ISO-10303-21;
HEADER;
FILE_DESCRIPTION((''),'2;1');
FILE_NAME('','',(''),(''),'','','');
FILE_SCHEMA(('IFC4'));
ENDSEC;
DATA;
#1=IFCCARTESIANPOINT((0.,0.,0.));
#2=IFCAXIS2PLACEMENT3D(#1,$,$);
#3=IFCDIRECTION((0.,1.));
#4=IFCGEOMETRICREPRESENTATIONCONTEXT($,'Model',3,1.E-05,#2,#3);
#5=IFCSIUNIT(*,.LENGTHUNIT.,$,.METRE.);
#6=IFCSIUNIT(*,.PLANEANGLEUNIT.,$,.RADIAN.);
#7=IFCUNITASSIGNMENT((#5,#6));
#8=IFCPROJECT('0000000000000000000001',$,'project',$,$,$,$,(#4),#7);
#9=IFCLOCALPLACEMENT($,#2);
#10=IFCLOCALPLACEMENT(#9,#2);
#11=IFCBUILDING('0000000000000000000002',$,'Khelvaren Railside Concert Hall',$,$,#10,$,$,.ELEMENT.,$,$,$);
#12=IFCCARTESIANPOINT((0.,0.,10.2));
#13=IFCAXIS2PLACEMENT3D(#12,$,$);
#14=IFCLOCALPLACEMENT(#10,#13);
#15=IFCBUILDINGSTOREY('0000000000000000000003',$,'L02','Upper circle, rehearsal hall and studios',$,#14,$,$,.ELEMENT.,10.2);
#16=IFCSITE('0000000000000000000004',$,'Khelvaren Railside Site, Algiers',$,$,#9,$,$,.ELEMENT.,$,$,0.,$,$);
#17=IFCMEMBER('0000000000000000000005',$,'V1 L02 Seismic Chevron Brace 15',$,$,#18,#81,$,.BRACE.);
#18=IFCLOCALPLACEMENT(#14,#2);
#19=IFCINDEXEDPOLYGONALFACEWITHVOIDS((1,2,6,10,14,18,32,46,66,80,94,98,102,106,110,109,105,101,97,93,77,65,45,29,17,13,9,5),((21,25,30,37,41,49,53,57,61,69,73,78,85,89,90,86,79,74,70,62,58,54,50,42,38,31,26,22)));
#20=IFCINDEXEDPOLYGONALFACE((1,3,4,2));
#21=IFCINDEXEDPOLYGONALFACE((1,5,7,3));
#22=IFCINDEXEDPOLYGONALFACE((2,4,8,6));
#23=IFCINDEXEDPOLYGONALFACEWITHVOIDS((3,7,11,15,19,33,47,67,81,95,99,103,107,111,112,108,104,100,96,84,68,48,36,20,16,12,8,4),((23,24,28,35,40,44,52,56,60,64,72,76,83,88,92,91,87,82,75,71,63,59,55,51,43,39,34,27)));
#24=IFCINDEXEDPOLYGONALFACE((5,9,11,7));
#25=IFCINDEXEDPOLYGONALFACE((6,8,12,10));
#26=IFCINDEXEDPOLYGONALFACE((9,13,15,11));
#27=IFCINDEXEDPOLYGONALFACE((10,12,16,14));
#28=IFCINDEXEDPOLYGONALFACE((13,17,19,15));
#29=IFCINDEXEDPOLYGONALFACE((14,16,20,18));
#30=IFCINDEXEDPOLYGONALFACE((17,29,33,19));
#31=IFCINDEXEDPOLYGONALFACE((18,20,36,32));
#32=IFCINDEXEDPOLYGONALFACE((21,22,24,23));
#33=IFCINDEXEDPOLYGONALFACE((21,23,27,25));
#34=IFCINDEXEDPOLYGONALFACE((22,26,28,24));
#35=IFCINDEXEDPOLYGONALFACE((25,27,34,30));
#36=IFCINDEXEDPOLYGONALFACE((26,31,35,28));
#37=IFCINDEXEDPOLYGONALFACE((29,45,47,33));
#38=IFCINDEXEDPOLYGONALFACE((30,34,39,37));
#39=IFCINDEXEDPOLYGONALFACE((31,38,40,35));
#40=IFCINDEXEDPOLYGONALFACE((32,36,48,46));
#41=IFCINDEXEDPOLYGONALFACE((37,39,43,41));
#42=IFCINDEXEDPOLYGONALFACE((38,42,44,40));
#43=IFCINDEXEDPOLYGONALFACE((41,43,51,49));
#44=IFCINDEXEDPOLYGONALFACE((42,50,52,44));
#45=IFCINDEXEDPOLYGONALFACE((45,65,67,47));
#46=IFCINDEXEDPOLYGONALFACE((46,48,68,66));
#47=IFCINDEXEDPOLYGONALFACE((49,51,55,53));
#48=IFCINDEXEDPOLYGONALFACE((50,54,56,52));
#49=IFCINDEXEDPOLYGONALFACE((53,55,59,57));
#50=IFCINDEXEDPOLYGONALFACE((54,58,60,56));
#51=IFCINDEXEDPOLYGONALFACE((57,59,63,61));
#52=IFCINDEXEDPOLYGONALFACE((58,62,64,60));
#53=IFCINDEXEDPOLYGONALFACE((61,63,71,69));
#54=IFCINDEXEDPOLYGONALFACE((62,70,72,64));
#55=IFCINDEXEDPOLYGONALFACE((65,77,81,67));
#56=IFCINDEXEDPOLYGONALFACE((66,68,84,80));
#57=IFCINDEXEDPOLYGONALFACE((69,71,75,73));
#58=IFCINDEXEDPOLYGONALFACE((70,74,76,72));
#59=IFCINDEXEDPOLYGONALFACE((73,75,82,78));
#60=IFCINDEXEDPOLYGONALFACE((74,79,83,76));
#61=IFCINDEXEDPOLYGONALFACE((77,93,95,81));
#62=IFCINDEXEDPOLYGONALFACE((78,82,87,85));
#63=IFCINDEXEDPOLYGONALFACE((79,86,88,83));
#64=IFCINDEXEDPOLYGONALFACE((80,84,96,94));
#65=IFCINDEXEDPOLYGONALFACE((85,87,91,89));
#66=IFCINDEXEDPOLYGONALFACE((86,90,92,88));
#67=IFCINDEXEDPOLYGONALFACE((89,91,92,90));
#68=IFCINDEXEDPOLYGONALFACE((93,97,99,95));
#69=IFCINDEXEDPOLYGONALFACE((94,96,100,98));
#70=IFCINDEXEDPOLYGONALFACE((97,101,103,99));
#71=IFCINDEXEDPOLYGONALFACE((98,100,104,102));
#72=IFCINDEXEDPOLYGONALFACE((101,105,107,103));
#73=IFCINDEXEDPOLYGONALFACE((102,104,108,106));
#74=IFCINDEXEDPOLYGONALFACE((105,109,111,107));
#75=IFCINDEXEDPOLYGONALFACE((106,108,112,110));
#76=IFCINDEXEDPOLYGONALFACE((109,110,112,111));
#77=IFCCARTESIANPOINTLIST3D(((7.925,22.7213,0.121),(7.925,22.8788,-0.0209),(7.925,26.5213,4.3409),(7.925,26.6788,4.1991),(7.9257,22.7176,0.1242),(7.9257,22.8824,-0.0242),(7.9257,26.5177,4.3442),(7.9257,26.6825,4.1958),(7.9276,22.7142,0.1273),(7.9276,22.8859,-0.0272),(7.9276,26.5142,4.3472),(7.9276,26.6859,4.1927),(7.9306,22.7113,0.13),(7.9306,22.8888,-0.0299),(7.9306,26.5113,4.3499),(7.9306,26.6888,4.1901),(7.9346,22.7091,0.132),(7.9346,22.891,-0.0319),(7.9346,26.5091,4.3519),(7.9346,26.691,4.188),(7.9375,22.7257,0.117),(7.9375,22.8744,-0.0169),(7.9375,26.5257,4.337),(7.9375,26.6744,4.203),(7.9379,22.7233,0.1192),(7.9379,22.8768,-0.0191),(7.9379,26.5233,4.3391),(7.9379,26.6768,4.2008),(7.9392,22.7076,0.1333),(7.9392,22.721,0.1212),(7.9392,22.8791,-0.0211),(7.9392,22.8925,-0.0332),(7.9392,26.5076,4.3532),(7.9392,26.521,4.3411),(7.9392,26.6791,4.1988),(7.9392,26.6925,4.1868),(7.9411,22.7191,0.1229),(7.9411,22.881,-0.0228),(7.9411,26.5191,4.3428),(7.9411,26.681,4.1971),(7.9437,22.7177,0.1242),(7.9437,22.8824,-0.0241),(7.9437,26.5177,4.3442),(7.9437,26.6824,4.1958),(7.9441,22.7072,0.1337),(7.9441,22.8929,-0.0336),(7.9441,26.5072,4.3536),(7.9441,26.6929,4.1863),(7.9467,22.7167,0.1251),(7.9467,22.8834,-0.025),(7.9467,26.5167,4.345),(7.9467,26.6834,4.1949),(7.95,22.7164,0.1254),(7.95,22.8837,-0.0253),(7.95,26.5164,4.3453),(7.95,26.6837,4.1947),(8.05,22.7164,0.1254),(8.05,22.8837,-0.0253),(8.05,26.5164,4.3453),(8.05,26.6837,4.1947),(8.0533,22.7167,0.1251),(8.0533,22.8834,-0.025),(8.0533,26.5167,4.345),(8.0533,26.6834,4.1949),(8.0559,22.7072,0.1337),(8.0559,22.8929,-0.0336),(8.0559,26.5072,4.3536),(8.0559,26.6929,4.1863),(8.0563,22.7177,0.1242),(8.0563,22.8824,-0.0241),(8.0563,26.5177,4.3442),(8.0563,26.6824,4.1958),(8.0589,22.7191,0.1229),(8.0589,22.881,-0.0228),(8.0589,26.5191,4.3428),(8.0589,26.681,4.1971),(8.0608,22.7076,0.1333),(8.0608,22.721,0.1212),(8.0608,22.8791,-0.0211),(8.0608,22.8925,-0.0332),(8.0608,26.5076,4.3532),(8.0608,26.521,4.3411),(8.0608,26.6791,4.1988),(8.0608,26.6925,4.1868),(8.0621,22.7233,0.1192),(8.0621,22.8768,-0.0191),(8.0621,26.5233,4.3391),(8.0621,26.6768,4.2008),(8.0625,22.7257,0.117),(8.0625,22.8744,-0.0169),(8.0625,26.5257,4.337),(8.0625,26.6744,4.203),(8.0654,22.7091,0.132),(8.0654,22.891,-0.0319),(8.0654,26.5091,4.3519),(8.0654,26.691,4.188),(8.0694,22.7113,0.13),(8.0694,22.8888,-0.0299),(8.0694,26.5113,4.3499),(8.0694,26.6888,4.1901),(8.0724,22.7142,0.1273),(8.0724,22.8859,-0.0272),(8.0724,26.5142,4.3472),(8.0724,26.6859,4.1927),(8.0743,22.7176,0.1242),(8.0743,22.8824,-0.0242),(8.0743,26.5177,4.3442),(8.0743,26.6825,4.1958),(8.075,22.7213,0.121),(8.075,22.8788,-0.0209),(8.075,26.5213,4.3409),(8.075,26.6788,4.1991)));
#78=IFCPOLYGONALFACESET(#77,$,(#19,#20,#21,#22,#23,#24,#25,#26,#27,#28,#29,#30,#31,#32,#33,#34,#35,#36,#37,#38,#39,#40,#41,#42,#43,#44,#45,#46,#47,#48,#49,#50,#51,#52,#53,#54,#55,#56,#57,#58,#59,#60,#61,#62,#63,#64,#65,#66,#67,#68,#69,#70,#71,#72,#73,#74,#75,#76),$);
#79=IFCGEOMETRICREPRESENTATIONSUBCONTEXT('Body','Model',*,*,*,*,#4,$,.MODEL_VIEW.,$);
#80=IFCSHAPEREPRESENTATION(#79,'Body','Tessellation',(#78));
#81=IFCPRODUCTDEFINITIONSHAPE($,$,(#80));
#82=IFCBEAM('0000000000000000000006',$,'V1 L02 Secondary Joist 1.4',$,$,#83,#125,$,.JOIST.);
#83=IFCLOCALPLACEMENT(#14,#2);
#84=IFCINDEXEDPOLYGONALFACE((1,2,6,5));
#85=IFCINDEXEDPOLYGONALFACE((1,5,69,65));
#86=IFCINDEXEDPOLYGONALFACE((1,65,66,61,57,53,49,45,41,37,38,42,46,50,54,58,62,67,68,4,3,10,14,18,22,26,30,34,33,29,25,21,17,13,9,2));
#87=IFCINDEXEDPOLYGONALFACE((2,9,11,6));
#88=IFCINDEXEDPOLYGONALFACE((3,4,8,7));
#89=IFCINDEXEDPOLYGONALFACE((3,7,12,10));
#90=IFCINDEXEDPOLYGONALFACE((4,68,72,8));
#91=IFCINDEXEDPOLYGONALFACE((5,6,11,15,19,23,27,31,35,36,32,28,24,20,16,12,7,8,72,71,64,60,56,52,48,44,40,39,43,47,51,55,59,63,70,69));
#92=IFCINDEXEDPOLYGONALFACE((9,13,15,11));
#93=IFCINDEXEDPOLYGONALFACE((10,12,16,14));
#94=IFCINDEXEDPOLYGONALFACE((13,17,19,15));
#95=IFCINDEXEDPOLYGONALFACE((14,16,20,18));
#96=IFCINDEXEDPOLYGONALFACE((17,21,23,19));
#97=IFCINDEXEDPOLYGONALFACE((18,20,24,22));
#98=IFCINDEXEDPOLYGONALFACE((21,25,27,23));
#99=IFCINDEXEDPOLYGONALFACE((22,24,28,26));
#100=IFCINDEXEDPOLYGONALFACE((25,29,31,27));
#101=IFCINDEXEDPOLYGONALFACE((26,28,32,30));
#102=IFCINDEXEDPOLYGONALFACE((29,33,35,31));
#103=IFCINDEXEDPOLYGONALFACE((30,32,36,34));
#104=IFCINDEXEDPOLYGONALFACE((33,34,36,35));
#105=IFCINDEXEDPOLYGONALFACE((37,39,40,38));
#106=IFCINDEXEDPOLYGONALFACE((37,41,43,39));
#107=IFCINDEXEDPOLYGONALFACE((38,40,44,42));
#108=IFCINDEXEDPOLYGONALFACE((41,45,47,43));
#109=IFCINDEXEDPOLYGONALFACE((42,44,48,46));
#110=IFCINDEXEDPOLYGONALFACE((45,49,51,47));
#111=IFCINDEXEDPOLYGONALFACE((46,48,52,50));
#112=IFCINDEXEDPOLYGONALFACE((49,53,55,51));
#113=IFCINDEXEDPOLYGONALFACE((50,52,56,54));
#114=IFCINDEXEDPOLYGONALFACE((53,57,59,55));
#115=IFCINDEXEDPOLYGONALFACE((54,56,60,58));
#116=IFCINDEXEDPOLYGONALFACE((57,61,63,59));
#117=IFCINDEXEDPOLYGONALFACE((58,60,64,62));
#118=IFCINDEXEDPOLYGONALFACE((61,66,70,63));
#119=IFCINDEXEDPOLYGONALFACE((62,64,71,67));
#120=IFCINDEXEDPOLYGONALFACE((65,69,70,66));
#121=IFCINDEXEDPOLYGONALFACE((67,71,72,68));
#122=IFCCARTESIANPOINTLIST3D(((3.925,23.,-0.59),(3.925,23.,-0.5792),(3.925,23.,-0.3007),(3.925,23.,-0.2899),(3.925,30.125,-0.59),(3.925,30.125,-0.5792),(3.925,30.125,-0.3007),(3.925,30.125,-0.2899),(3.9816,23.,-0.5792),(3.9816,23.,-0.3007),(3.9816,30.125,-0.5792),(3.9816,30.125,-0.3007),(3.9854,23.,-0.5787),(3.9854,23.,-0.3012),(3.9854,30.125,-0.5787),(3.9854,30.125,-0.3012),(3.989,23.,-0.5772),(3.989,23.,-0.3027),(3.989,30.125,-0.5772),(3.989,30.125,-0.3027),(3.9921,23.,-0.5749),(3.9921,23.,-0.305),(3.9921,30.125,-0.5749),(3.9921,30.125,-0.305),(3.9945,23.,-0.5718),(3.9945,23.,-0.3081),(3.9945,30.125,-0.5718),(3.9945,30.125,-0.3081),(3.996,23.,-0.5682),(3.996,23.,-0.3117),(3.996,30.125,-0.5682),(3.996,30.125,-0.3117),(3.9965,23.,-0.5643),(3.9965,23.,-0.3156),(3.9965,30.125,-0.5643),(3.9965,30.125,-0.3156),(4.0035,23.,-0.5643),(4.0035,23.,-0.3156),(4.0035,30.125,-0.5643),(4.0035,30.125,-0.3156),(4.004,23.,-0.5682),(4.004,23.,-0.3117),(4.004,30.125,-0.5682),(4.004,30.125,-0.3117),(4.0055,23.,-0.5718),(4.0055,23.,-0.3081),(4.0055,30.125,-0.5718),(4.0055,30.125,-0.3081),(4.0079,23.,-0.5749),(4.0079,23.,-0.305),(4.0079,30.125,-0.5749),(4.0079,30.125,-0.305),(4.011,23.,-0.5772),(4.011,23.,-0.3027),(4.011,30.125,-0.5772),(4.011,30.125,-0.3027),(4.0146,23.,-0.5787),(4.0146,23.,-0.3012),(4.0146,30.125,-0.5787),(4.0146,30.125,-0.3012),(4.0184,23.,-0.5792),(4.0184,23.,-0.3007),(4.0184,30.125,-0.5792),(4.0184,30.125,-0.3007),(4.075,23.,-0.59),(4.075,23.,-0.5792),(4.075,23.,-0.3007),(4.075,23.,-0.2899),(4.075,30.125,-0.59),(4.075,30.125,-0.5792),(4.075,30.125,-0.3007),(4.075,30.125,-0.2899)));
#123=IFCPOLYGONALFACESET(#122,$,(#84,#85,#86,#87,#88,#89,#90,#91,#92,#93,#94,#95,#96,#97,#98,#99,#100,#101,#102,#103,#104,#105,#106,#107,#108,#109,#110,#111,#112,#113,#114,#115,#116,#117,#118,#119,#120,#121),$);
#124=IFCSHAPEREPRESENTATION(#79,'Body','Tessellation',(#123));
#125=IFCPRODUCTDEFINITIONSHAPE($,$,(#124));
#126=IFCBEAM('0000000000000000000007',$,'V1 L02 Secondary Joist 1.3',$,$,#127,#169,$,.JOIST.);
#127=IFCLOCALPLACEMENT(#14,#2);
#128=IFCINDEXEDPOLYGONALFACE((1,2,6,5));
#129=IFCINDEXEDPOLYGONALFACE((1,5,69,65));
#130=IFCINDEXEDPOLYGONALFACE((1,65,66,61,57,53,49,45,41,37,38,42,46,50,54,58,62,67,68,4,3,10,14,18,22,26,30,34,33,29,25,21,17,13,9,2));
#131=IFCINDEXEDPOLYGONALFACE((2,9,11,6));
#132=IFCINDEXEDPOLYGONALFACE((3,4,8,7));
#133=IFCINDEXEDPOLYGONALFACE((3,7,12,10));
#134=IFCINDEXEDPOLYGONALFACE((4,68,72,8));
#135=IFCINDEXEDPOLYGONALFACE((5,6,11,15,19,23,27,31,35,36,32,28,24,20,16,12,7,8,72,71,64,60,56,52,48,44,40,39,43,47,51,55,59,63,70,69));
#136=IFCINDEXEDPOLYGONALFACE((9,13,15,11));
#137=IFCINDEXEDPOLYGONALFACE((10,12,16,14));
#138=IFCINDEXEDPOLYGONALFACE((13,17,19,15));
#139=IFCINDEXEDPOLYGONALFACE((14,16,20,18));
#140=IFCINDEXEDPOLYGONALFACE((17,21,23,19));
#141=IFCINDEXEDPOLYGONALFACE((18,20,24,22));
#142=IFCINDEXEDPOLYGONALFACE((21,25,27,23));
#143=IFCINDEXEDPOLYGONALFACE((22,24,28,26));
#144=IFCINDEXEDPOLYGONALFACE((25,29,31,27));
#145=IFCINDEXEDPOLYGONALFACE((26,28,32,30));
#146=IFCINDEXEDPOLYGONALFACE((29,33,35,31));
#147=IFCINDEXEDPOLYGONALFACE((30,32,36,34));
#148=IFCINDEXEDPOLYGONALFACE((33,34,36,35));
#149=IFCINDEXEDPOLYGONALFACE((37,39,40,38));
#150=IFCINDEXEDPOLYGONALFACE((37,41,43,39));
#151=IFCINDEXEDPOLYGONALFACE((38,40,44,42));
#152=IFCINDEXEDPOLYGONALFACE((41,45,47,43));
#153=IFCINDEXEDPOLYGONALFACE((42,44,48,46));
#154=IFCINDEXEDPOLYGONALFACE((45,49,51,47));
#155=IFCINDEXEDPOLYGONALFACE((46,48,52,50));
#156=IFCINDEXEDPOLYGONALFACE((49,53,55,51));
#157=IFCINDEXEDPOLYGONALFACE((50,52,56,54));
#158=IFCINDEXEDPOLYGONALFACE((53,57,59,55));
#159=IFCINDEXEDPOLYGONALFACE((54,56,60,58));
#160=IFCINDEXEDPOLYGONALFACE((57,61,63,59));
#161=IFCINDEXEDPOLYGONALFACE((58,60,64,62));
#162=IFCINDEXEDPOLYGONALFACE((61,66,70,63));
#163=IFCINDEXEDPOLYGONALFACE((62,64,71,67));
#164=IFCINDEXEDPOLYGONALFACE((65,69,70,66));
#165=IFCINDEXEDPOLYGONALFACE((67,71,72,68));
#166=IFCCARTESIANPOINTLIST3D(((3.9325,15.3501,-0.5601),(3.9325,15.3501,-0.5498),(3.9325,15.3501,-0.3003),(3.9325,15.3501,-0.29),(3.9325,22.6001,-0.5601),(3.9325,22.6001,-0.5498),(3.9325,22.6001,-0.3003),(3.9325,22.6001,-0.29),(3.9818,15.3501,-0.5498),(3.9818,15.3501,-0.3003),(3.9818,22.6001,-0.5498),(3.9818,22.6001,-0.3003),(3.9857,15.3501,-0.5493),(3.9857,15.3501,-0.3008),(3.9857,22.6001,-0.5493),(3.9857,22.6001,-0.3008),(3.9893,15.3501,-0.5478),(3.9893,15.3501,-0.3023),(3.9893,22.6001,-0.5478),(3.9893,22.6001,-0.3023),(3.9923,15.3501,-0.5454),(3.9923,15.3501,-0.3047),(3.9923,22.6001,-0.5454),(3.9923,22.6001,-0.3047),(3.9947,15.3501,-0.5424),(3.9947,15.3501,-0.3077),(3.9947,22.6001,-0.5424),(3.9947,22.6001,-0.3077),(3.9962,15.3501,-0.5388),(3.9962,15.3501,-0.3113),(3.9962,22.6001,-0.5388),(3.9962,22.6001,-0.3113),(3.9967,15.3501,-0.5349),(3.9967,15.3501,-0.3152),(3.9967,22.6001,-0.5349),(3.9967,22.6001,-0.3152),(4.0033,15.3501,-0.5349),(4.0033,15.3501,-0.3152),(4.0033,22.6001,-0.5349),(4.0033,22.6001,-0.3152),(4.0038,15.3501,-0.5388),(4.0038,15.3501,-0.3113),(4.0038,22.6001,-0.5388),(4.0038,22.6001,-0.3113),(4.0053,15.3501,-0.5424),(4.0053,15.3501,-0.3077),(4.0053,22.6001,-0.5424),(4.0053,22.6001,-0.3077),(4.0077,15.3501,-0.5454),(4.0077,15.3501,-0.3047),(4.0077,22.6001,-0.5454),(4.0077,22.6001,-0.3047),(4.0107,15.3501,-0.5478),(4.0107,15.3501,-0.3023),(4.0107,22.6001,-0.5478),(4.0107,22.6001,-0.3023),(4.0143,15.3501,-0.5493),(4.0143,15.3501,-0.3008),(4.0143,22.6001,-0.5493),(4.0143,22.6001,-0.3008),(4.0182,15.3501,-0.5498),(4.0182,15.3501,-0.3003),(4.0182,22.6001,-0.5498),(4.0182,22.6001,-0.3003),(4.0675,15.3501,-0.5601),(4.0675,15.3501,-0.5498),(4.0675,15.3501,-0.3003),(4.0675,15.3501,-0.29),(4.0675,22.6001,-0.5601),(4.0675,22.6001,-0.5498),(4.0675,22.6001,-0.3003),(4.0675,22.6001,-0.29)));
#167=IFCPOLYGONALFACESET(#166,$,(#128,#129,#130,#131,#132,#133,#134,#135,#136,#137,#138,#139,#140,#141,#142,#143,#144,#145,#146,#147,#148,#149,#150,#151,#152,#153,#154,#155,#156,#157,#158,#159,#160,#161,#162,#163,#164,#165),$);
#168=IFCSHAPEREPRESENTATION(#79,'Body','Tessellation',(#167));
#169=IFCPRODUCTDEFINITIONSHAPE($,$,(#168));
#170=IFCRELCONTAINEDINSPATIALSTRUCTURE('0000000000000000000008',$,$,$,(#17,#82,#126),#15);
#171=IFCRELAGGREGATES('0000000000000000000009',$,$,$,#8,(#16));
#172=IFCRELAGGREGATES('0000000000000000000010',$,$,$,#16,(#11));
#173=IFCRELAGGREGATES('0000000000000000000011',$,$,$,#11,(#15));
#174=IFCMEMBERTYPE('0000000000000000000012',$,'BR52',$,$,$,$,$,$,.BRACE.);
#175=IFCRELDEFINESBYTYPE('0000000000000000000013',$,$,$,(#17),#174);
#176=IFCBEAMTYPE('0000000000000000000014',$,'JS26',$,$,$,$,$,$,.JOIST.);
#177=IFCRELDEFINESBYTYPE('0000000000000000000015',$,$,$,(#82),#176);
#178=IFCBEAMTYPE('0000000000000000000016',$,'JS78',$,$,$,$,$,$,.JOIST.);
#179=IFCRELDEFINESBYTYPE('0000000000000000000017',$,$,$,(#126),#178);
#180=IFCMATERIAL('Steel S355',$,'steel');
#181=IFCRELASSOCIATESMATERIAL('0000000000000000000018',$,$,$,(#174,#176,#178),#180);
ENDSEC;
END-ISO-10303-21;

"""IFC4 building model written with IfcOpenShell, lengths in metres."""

from ifc_helpers import new_model, si_unit, direction, frame, origin, origin_2d, place, context, subcontext, project, spatial, hollow_rectangle, i_section, extrude, material, material_profile, profile_set, type_object, element, save


model = new_model("IFC4")

# Units and contexts
model_context = context("Model", 3, precision=1e-05, world=origin(), true_north=direction((0.0, 1.0)))
body_context = subcontext(model_context, "Body", "Model", "MODEL_VIEW")
ifc_project = project(units=[si_unit("LENGTHUNIT", "METRE"), si_unit("PLANEANGLEUNIT", "RADIAN")], contexts=[model_context])

# Site, building, storey
site_placement = place(None, origin())
site = spatial("IfcSite", under=ifc_project, at=site_placement, Name="Khelvaren Railside Site, Algiers", CompositionType="ELEMENT", RefElevation=0.0)
building_placement = place(site_placement, origin())
building = spatial("IfcBuilding", under=site, at=building_placement, Name="Khelvaren Railside Concert Hall", CompositionType="ELEMENT")
storey_placement = place(building_placement, frame((0.0, 0.0, 10.2)))
storey = spatial("IfcBuildingStorey", under=building, at=storey_placement, Name="L02", Description="Upper circle, rehearsal hall and studios", CompositionType="ELEMENT", Elevation=10.2)

# Shared definitions
ifc_material_1 = material(Name="Steel S355", Category="steel")

# Member
ifc_material_profile_1 = material_profile(ifc_material_1, hollow_rectangle(XDim=0.1499, YDim=0.25, WallThickness=0.0125, InnerFilletRadius=0.0125, OuterFilletRadius=0.019, at=origin_2d()), Name="RHS 250x150x12.5")
ifc_profile_set_1 = profile_set([ifc_material_profile_1], Name="Steel S355")
member_type_1 = type_object("IfcMemberType", Name="BR52", PredefinedType="BRACE", material=ifc_profile_set_1)
member_placement = place(storey_placement, frame((8.0, 22.8, 0.05), z_axis=(0.0, 0.669167, 0.743112), x_axis=(-1.0, 0.0, 0.0)))
element("IfcMember", 1, at=member_placement, inside=storey, type_object=member_type_1, Name="V1 L02 Seismic Chevron Brace 15", PredefinedType="BRACE", context=body_context, shape_type="SweptSolid", body=[
    extrude(hollow_rectangle(XDim=0.1499, YDim=0.25, WallThickness=0.0125, InnerFilletRadius=0.0125, OuterFilletRadius=0.019, at=origin_2d()), origin(), (0.0, 0.0, 1.0), 5.6787),
])

# Beams
ifc_material_profile_2 = material_profile(ifc_material_1, i_section(OverallWidth=0.1499, OverallDepth=0.3, WebThickness=0.0071, FlangeThickness=0.0107, FilletRadius=0.0149, at=origin_2d()), Name="IPE 300")
ifc_profile_set_2 = profile_set([ifc_material_profile_2], Name="Steel S355")
beam_type_1 = type_object("IfcBeamType", Name="JS26", PredefinedType="JOIST", material=ifc_profile_set_2)
beam_1_placement = place(storey_placement, frame((4.0, 23.0, -0.4399), z_axis=(0.0, 1.0, 0.0), x_axis=(-1.0, 0.0, 0.0)))
element("IfcBeam", 2, at=beam_1_placement, inside=storey, type_object=beam_type_1, Name="V1 L02 Secondary Joist 1.4", PredefinedType="JOIST", context=body_context, shape_type="SweptSolid", body=[
    extrude(i_section(OverallWidth=0.1499, OverallDepth=0.3, WebThickness=0.0071, FlangeThickness=0.0107, FilletRadius=0.0149, at=origin_2d()), origin(), (0.0, 0.0, 1.0), 7.125),
])
ifc_material_profile_3 = material_profile(ifc_material_1, i_section(OverallWidth=0.135, OverallDepth=0.27, WebThickness=0.0066, FlangeThickness=0.0103, FilletRadius=0.0149, at=origin_2d()), Name="IPE 270")
ifc_profile_set_3 = profile_set([ifc_material_profile_3], Name="Steel S355")
beam_type_2 = type_object("IfcBeamType", Name="JS78", PredefinedType="JOIST", material=ifc_profile_set_3)
beam_2_placement = place(storey_placement, frame((4.0, 15.3501, -0.425), z_axis=(0.0, 1.0, 0.0), x_axis=(-1.0, 0.0, 0.0)))
element("IfcBeam", 3, at=beam_2_placement, inside=storey, type_object=beam_type_2, Name="V1 L02 Secondary Joist 1.3", PredefinedType="JOIST", context=body_context, shape_type="SweptSolid", body=[
    extrude(i_section(OverallWidth=0.135, OverallDepth=0.27, WebThickness=0.0066, FlangeThickness=0.0103, FilletRadius=0.0149, at=origin_2d()), origin(), (0.0, 0.0, 1.0), 7.25),
])

save(model, "model.ifc")
